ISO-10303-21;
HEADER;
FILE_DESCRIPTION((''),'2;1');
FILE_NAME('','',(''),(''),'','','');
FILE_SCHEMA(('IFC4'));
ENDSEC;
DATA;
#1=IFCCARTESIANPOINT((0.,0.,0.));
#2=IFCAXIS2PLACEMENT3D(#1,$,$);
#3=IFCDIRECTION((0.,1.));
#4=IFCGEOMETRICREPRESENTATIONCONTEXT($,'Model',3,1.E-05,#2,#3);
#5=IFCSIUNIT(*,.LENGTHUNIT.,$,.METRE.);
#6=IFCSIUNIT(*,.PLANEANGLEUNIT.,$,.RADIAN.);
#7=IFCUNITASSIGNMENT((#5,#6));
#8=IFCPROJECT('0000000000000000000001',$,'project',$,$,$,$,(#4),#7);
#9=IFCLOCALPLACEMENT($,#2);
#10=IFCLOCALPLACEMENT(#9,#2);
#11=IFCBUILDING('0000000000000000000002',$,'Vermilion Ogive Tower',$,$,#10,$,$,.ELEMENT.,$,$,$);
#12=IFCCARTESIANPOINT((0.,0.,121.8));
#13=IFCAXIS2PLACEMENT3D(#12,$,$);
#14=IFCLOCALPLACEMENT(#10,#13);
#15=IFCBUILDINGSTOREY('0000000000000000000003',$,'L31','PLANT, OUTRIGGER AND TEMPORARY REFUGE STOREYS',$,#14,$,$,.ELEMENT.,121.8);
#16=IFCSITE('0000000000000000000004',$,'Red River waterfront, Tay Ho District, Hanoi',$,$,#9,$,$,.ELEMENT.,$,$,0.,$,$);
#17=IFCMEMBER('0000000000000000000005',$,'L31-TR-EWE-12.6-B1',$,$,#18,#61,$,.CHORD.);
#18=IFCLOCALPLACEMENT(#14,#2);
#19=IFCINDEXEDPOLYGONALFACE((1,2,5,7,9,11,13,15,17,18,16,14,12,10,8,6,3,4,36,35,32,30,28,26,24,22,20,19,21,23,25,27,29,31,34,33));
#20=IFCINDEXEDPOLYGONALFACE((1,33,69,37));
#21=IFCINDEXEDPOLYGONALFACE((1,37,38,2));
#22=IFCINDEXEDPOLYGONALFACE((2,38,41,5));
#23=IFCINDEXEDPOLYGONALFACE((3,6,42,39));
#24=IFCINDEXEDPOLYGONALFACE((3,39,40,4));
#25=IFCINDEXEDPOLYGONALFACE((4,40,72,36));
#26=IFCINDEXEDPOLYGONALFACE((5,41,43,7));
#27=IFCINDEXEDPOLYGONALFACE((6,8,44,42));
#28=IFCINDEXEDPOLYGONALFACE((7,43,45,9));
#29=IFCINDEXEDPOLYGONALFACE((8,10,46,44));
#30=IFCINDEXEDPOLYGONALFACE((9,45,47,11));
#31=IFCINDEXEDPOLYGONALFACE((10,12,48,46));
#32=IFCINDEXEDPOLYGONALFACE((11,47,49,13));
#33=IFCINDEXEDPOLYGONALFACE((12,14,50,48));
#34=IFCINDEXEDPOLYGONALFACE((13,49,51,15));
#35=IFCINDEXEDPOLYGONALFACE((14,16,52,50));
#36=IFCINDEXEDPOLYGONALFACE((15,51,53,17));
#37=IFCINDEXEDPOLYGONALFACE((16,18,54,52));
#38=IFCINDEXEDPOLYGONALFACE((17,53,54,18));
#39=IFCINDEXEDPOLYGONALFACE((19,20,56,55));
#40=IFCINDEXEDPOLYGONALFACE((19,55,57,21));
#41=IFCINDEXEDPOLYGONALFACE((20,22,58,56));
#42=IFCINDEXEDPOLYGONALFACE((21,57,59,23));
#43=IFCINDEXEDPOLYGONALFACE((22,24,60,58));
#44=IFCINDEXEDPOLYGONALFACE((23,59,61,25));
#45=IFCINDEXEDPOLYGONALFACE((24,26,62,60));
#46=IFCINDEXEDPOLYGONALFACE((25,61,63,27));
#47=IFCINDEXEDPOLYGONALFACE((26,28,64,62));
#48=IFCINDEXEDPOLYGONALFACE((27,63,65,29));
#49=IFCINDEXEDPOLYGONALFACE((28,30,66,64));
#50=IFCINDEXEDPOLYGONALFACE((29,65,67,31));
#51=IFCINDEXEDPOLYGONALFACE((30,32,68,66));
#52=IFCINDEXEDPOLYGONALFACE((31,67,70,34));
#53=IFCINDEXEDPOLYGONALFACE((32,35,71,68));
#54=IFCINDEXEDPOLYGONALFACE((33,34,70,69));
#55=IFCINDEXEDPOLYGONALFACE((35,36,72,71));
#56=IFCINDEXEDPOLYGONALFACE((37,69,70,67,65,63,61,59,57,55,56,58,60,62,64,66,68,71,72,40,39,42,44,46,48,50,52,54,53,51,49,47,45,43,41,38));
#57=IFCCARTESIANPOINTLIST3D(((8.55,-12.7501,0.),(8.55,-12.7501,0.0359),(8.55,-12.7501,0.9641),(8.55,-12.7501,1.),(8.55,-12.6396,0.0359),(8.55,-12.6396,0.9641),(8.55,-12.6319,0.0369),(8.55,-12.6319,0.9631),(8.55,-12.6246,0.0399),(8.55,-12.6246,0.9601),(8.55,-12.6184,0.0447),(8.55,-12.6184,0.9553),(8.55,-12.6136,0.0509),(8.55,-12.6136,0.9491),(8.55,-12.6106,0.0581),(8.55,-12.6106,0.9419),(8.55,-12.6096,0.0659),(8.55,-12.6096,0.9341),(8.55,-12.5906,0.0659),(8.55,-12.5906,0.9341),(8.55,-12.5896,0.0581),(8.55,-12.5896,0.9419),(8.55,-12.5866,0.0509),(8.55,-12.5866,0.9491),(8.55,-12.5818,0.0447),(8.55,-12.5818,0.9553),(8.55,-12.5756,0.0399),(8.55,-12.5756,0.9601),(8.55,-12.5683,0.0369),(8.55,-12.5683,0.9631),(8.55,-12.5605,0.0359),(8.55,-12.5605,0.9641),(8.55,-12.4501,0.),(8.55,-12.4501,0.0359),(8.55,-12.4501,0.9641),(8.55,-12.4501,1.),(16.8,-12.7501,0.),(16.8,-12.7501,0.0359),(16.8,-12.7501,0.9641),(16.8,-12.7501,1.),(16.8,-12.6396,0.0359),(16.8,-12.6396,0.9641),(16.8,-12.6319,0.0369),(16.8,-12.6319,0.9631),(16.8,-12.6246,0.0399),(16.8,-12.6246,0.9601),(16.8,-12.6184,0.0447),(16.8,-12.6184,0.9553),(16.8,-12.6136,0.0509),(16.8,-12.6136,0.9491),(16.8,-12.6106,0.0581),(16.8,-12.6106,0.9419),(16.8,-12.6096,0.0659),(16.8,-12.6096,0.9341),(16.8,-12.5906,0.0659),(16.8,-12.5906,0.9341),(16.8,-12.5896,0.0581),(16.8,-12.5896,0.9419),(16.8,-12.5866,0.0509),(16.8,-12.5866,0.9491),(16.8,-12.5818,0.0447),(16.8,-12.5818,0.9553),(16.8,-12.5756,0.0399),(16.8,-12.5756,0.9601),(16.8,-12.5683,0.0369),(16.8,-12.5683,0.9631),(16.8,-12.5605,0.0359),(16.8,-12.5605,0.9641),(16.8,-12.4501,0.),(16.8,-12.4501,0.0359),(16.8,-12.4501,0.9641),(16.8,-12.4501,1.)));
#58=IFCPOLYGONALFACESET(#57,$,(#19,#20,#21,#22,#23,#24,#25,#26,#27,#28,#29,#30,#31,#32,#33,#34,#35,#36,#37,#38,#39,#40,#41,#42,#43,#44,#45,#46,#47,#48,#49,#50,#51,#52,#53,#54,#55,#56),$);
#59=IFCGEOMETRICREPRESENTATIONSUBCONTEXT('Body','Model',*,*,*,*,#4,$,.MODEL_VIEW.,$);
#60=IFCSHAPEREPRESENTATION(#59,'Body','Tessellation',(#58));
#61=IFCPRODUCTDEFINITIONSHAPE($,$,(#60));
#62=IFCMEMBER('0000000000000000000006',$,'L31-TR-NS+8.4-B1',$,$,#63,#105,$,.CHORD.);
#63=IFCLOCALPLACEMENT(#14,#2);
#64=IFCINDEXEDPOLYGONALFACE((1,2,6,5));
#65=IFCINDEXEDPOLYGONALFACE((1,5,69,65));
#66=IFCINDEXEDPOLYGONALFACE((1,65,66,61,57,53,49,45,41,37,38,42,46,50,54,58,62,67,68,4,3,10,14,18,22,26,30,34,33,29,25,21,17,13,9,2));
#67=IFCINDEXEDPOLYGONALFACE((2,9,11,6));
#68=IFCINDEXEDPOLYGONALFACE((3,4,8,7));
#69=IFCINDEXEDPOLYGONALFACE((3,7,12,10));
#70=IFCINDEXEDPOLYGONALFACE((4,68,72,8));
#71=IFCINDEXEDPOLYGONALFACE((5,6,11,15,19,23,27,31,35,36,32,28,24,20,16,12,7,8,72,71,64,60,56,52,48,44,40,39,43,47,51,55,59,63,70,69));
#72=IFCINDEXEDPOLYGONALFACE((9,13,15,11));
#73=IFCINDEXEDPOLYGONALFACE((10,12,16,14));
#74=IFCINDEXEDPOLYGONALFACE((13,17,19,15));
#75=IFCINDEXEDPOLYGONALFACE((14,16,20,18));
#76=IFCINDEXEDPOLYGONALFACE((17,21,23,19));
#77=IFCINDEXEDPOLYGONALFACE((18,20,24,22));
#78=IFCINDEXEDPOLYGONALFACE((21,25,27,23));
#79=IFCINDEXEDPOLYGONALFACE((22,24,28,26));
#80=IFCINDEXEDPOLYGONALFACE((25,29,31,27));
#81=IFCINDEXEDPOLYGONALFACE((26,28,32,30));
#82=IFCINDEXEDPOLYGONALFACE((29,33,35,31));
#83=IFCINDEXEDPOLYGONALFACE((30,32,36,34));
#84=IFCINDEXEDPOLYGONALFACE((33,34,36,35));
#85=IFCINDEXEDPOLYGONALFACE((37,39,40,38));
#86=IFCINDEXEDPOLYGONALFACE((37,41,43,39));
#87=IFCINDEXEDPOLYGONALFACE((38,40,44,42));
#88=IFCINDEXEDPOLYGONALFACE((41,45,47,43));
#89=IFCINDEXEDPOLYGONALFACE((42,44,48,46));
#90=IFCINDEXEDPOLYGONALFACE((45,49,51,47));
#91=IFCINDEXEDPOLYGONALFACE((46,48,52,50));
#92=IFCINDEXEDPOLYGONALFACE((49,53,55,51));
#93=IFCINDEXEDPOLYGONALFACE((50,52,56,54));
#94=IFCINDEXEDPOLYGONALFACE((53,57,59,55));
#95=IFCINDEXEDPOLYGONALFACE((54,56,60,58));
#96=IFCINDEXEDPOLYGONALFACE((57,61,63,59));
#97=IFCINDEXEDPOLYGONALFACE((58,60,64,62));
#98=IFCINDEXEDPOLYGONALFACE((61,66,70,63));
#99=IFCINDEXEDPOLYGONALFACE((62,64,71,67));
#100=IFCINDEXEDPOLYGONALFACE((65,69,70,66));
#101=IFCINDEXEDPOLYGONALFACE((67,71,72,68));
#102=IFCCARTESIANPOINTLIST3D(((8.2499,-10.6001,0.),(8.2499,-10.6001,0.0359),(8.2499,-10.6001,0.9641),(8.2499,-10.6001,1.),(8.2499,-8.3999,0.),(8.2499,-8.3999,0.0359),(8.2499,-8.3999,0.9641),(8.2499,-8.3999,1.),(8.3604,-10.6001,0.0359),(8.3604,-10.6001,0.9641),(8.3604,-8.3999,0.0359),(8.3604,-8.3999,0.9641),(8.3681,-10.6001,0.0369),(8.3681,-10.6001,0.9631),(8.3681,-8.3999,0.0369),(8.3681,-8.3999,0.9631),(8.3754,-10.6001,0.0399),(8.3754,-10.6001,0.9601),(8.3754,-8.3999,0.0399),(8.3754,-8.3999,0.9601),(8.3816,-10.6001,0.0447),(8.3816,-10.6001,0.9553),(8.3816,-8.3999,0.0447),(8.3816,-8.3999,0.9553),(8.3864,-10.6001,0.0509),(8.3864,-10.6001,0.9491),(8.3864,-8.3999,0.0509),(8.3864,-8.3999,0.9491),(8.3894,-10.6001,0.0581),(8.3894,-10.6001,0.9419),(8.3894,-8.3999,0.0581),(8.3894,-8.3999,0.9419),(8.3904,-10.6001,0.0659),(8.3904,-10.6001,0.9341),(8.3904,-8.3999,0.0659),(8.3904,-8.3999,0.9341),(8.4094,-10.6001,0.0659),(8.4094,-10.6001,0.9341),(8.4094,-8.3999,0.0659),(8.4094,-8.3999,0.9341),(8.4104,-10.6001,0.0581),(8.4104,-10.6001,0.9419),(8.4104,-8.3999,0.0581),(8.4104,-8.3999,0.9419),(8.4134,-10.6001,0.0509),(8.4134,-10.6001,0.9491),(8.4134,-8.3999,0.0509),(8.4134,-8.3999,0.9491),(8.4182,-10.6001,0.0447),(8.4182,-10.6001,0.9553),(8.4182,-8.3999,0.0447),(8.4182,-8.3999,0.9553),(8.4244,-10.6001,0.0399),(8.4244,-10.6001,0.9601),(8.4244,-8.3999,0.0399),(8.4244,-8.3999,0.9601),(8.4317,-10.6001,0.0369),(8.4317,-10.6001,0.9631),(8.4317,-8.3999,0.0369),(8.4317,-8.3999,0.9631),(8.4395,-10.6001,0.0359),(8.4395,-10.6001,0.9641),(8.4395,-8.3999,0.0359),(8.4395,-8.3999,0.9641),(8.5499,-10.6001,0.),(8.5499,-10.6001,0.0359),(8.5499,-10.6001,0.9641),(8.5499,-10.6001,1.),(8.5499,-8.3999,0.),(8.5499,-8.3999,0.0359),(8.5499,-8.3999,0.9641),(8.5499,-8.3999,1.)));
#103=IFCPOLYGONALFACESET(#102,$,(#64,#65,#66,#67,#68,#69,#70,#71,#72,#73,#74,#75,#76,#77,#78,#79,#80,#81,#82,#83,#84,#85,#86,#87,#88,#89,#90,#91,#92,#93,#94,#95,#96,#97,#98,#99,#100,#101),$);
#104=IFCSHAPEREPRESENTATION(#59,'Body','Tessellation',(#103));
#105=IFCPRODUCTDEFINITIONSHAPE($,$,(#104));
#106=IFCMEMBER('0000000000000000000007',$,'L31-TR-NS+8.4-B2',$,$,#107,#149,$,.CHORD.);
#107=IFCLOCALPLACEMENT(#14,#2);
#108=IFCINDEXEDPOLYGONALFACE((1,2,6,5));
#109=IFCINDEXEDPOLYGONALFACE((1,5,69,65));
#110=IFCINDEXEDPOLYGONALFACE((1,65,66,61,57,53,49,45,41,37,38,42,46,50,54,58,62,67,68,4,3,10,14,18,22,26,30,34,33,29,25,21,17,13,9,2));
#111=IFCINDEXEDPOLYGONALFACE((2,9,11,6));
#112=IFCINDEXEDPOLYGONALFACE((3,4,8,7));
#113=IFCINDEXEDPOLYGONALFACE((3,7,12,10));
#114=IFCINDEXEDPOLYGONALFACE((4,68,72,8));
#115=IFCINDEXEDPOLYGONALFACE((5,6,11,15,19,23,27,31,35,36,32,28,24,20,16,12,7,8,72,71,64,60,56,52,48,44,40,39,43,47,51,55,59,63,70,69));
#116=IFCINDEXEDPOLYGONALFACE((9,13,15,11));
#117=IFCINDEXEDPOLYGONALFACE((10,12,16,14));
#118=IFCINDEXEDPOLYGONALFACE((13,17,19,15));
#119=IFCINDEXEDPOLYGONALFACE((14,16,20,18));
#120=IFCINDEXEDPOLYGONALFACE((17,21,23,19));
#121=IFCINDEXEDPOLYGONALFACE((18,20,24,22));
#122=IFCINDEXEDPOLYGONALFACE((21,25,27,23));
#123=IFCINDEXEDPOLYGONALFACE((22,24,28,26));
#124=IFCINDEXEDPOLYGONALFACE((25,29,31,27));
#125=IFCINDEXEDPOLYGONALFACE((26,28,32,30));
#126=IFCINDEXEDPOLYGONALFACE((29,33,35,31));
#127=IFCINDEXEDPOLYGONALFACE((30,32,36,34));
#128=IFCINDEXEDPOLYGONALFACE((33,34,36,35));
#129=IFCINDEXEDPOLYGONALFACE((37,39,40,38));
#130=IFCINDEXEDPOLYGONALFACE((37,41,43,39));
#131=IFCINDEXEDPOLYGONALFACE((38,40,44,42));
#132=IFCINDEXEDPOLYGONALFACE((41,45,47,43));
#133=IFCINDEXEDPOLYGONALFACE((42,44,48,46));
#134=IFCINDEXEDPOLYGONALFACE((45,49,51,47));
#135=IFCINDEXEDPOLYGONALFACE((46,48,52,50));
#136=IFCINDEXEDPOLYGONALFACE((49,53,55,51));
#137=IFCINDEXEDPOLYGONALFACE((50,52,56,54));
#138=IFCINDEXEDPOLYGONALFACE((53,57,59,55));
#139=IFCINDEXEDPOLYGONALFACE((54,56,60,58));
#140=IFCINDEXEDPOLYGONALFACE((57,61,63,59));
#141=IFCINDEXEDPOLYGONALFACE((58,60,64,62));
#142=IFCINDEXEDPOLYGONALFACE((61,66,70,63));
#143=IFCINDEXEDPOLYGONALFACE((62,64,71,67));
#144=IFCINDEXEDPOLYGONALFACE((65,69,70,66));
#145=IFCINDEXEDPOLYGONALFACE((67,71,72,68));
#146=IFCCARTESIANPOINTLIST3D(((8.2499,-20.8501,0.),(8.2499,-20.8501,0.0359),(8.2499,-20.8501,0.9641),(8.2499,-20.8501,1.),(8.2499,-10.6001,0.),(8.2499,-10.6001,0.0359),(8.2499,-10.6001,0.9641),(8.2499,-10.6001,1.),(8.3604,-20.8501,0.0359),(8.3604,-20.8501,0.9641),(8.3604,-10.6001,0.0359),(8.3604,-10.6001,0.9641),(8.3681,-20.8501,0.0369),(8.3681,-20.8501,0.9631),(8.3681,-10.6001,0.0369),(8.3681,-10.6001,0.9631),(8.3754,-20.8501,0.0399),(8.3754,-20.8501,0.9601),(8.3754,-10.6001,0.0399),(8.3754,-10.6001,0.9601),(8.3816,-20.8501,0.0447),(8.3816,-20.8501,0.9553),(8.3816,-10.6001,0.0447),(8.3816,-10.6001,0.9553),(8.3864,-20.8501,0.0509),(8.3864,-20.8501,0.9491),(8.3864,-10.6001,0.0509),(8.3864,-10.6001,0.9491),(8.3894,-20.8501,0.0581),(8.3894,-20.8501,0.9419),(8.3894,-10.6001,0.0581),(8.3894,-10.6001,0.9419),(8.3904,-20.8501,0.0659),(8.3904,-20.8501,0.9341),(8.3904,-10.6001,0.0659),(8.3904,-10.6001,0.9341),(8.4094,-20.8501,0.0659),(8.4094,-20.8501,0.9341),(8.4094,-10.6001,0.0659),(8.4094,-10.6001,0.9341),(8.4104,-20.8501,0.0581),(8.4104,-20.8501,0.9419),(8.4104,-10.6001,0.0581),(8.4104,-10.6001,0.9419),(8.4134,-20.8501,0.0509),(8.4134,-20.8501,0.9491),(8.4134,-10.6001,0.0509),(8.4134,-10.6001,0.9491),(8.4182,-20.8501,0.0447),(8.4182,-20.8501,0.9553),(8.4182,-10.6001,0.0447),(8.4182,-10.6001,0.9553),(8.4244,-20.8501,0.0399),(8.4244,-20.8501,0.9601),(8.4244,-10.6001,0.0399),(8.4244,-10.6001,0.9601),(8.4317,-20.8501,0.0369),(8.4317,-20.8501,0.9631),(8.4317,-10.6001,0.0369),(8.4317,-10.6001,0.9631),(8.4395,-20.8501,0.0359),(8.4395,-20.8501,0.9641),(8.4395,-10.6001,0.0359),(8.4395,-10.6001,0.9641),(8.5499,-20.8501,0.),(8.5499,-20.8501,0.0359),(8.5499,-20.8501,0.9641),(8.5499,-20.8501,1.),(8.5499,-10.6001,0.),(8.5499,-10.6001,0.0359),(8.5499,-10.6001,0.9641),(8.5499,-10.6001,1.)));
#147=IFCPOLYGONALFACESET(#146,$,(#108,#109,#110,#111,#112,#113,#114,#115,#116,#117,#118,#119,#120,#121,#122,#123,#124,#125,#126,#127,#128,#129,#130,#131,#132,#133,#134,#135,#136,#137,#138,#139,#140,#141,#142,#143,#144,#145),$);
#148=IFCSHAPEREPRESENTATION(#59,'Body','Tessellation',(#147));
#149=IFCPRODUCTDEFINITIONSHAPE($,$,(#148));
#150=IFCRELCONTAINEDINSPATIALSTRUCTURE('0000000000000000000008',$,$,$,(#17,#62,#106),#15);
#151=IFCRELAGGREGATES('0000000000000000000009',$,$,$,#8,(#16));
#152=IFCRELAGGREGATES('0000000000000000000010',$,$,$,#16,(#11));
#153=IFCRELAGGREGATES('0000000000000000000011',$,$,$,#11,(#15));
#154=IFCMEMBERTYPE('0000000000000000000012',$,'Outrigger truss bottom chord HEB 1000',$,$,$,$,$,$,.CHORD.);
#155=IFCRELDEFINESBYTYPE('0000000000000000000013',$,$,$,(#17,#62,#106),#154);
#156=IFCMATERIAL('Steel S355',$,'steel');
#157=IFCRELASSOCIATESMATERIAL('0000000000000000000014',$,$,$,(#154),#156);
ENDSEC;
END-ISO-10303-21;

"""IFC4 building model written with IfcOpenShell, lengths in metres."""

from ifc_helpers import new_model, si_unit, direction, frame, origin, origin_2d, place, context, subcontext, project, spatial, i_section, extrude, material, material_profile, profile_set, type_object, element, save


model = new_model("IFC4")

# Units and contexts
model_context = context("Model", 3, precision=1e-05, world=origin(), true_north=direction((0.0, 1.0)))
body_context = subcontext(model_context, "Body", "Model", "MODEL_VIEW")
ifc_project = project(units=[si_unit("LENGTHUNIT", "METRE"), si_unit("PLANEANGLEUNIT", "RADIAN")], contexts=[model_context])

# Site, building, storey
site_placement = place(None, origin())
site = spatial("IfcSite", under=ifc_project, at=site_placement, Name="Red River waterfront, Tay Ho District, Hanoi", CompositionType="ELEMENT", RefElevation=0.0)
building_placement = place(site_placement, origin())
building = spatial("IfcBuilding", under=site, at=building_placement, Name="Vermilion Ogive Tower", CompositionType="ELEMENT")
storey_placement = place(building_placement, frame((0.0, 0.0, 121.8)))
storey = spatial("IfcBuildingStorey", under=building, at=storey_placement, Name="L31", Description="PLANT, OUTRIGGER AND TEMPORARY REFUGE STOREYS", CompositionType="ELEMENT", Elevation=121.8)

# Members
ifc_material_1 = material(Name="Steel S355", Category="steel")
ifc_material_profile_1 = material_profile(ifc_material_1, i_section(OverallWidth=0.3, OverallDepth=1.0, WebThickness=0.019, FlangeThickness=0.0359, FilletRadius=0.03, at=origin_2d()), Name="HEB 1000")
ifc_profile_set_1 = profile_set([ifc_material_profile_1], Name="Steel S355")
member_type_1 = type_object("IfcMemberType", Name="Outrigger truss bottom chord HEB 1000", PredefinedType="CHORD", material=ifc_profile_set_1)
member_1_placement = place(storey_placement, frame((8.55, -12.6001, 0.5), z_axis=(1.0, 0.0, 0.0), x_axis=(0.0, 1.0, 0.0)))
element("IfcMember", 1, at=member_1_placement, inside=storey, type_object=member_type_1, Name="L31-TR-EWE-12.6-B1", PredefinedType="CHORD", context=body_context, shape_type="SweptSolid", body=[
    extrude(i_section(OverallWidth=0.3, OverallDepth=1.0, WebThickness=0.019, FlangeThickness=0.0359, FilletRadius=0.03, at=origin_2d()), origin(), (0.0, 0.0, 1.0), 8.25),
])
member_2_placement = place(storey_placement, frame((8.3999, -8.3999, 0.5), z_axis=(0.0, -1.0, 0.0), x_axis=(1.0, 0.0, 0.0)))
element("IfcMember", 2, at=member_2_placement, inside=storey, type_object=member_type_1, Name="L31-TR-NS+8.4-B1", PredefinedType="CHORD", context=body_context, shape_type="SweptSolid", body=[
    extrude(i_section(OverallWidth=0.3, OverallDepth=1.0, WebThickness=0.019, FlangeThickness=0.0359, FilletRadius=0.03, at=origin_2d()), origin(), (0.0, 0.0, 1.0), 2.2002),
])
member_3_placement = place(storey_placement, frame((8.3999, -10.6001, 0.5), z_axis=(0.0, -1.0, 0.0), x_axis=(1.0, 0.0, 0.0)))
element("IfcMember", 3, at=member_3_placement, inside=storey, type_object=member_type_1, Name="L31-TR-NS+8.4-B2", PredefinedType="CHORD", context=body_context, shape_type="SweptSolid", body=[
    extrude(i_section(OverallWidth=0.3, OverallDepth=1.0, WebThickness=0.019, FlangeThickness=0.0359, FilletRadius=0.03, at=origin_2d()), origin(), (0.0, 0.0, 1.0), 10.25),
])

save(model, "model.ifc")
